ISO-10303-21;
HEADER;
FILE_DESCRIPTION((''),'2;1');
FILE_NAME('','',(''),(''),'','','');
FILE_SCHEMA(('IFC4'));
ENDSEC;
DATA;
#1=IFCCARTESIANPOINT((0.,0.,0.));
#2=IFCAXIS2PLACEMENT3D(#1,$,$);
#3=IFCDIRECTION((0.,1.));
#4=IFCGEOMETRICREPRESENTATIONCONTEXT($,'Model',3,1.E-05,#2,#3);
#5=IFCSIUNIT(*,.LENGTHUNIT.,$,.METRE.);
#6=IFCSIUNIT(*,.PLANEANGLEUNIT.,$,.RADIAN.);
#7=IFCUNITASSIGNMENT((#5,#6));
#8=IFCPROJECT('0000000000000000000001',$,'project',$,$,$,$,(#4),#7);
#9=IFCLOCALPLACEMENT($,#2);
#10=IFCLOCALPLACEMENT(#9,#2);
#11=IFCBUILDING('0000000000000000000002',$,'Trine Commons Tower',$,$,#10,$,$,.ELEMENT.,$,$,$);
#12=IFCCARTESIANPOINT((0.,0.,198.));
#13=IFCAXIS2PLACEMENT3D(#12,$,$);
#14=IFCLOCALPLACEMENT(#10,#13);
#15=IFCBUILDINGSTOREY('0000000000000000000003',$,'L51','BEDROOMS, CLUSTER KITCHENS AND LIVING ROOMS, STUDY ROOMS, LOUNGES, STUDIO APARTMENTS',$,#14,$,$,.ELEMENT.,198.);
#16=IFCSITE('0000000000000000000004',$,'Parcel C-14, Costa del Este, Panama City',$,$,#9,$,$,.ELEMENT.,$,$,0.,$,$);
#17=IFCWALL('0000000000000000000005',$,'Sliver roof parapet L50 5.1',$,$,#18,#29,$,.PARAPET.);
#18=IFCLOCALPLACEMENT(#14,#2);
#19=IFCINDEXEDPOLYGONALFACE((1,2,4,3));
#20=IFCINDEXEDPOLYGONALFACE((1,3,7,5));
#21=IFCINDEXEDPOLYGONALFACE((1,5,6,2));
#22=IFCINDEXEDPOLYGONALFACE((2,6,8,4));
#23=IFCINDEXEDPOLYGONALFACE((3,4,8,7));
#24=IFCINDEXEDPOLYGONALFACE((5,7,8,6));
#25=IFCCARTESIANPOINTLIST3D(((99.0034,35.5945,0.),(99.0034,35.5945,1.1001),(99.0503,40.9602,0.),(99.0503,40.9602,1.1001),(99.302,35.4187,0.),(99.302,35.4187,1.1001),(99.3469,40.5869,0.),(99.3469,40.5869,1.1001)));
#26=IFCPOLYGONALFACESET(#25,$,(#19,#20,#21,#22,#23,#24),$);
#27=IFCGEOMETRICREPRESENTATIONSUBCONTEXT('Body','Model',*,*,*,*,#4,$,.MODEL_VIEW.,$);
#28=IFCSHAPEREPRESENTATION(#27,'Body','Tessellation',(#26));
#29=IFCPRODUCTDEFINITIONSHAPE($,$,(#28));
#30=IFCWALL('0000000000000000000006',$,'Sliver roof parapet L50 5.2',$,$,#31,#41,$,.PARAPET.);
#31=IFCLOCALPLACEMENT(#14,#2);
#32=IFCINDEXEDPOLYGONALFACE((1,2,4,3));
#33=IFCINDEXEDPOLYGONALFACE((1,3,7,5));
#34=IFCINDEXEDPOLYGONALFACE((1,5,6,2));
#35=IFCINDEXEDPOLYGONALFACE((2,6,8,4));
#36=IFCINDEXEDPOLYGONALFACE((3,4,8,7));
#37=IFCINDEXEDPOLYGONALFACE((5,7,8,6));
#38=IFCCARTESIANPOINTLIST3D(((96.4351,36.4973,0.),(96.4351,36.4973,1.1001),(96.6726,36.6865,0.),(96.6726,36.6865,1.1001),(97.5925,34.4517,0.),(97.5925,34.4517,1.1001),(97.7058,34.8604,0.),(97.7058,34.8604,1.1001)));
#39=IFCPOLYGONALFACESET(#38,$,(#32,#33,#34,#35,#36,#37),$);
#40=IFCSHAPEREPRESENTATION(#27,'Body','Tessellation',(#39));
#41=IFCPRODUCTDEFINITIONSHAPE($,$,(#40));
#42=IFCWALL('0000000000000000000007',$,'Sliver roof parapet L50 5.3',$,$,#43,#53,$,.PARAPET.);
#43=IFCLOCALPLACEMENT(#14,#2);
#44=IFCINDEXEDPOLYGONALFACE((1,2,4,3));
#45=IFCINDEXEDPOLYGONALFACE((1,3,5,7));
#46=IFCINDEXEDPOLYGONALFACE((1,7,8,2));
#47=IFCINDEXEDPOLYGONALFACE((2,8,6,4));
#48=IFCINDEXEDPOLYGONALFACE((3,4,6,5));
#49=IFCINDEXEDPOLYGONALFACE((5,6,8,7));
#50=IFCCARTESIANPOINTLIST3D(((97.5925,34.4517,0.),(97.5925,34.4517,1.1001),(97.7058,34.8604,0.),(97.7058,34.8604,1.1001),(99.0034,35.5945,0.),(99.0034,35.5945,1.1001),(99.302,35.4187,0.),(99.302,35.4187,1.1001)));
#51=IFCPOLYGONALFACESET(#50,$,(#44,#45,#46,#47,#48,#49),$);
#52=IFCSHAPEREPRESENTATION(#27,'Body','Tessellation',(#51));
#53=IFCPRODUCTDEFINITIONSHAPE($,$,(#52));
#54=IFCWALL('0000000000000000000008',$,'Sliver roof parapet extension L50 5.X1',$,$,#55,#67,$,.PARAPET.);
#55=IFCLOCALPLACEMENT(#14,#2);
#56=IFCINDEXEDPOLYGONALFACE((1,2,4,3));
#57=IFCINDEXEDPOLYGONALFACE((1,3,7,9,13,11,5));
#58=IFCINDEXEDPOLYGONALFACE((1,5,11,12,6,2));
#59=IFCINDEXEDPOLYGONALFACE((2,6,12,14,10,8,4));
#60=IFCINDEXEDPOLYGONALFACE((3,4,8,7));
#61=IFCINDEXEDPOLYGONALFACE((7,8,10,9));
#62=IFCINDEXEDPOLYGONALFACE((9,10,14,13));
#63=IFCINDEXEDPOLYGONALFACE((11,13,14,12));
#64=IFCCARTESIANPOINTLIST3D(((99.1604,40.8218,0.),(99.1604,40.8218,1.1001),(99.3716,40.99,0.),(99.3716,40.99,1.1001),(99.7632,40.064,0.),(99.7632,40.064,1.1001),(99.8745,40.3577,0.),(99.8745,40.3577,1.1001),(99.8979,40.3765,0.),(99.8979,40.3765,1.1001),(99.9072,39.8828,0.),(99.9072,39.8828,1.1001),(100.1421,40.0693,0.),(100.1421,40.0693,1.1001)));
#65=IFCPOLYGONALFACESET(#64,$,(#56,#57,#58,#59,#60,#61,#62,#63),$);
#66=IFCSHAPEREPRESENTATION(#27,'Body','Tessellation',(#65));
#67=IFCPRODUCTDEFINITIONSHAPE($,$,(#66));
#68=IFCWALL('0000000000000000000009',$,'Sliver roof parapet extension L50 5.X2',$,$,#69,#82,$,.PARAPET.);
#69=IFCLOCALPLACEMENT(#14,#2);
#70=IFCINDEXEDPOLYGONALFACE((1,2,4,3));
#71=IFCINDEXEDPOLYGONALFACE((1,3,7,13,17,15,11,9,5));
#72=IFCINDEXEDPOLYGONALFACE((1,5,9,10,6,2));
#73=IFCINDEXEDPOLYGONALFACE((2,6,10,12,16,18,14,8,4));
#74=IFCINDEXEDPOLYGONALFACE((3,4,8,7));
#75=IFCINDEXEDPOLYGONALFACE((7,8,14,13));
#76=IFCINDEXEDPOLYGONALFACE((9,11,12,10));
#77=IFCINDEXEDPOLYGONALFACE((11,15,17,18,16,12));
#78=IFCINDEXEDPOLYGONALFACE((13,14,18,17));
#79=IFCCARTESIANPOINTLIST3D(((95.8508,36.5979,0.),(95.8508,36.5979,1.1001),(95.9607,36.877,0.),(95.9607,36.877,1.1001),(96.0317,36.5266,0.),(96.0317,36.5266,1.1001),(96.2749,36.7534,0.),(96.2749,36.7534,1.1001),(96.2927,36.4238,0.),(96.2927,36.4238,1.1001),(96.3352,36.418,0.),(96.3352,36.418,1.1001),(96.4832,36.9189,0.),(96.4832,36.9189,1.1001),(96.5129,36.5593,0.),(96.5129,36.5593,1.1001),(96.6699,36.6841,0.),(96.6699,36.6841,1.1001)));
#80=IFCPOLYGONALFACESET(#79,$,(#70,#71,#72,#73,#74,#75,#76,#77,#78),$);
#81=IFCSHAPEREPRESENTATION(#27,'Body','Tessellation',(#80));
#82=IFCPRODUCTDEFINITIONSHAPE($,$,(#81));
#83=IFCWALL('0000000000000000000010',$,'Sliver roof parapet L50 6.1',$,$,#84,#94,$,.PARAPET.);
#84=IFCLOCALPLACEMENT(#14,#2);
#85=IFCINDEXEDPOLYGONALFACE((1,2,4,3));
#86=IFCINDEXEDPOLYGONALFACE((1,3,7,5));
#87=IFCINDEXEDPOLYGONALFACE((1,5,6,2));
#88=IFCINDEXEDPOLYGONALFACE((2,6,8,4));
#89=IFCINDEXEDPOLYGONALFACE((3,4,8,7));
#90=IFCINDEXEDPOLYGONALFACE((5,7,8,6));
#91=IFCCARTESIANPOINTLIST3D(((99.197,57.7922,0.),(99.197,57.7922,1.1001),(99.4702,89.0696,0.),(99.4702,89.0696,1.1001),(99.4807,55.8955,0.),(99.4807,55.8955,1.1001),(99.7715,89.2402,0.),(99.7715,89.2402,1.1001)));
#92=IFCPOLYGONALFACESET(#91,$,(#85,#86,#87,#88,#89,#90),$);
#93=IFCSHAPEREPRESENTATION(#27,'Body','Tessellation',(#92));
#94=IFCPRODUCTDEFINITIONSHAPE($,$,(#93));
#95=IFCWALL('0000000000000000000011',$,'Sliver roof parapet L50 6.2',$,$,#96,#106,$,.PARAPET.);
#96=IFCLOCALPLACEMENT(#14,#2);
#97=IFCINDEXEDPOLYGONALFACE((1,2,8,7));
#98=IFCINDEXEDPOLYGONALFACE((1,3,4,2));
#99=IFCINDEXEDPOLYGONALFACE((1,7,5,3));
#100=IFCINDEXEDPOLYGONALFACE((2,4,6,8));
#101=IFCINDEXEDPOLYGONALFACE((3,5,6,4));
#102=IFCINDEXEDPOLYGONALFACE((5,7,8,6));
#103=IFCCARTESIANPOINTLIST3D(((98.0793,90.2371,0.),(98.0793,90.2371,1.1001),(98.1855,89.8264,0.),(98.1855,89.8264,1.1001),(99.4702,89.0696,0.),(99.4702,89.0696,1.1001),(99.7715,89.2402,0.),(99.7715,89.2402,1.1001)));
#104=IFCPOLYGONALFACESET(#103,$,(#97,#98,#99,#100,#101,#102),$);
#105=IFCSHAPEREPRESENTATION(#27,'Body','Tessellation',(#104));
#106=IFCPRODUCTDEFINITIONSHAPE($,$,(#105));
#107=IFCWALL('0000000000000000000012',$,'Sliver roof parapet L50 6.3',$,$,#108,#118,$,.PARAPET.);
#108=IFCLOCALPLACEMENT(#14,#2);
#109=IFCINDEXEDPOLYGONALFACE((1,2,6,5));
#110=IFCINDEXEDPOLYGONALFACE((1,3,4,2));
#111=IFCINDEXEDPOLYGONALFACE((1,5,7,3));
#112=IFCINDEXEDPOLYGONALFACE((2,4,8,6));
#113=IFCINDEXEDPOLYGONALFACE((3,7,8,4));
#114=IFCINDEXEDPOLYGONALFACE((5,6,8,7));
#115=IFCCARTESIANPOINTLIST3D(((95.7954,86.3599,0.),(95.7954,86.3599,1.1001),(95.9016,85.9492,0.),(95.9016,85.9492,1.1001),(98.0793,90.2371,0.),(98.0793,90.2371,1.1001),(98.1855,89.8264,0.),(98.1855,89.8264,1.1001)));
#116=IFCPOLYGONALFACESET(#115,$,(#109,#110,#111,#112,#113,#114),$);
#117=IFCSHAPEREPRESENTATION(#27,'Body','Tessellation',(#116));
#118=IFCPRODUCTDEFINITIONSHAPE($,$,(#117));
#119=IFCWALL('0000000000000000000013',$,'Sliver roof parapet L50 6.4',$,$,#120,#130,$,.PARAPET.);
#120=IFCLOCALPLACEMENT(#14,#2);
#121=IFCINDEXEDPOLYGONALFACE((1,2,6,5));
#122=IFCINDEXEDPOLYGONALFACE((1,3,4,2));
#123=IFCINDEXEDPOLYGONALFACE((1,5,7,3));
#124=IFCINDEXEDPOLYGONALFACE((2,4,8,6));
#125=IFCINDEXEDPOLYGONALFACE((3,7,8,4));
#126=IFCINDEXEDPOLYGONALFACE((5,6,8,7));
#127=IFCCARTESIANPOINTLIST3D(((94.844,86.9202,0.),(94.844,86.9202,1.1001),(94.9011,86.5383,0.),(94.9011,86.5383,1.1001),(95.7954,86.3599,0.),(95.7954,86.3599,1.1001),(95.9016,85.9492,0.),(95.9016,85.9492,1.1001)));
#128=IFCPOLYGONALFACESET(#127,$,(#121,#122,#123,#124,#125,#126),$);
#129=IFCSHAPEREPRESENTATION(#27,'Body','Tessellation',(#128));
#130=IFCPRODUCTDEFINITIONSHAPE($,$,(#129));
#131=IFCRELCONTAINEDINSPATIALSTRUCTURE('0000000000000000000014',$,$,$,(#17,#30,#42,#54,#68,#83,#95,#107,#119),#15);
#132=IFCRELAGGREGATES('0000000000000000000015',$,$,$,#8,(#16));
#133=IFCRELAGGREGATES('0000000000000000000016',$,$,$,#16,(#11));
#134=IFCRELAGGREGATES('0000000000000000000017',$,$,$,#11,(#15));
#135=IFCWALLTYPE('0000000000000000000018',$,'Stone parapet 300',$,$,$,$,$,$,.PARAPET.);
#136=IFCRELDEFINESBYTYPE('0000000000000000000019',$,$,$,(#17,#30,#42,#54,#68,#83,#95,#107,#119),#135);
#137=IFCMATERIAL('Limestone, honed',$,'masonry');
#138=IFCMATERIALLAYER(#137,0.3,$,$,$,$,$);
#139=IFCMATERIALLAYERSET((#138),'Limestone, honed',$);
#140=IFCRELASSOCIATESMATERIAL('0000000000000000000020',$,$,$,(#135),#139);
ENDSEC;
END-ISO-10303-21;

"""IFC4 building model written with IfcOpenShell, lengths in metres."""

from ifc_helpers import new_model, si_unit, direction, frame, origin, place, context, subcontext, project, spatial, polyline, outline, extrude, material, layer, layer_set, type_object, element, save


model = new_model("IFC4")

# Units and contexts
model_context = context("Model", 3, precision=1e-05, world=origin(), true_north=direction((0.0, 1.0)))
body_context = subcontext(model_context, "Body", "Model", "MODEL_VIEW")
ifc_project = project(units=[si_unit("LENGTHUNIT", "METRE"), si_unit("PLANEANGLEUNIT", "RADIAN")], contexts=[model_context])

# Site, building, storey
site_placement = place(None, origin())
site = spatial("IfcSite", under=ifc_project, at=site_placement, Name="Parcel C-14, Costa del Este, Panama City", CompositionType="ELEMENT", RefElevation=0.0)
building_placement = place(site_placement, origin())
building = spatial("IfcBuilding", under=site, at=building_placement, Name="Trine Commons Tower", CompositionType="ELEMENT")
storey_placement = place(building_placement, frame((0.0, 0.0, 198.0)))
storey = spatial("IfcBuildingStorey", under=building, at=storey_placement, Name="L51", Description="BEDROOMS, CLUSTER KITCHENS AND LIVING ROOMS, STUDY ROOMS, LOUNGES, STUDIO APARTMENTS", CompositionType="ELEMENT", Elevation=198.0)

# Walls
ifc_material = material(Name="Limestone, honed", Category="masonry")
ifc_layer = layer(ifc_material, 0.3)
ifc_layer_set = layer_set([ifc_layer], Name="Limestone, honed")
wall_type = type_object("IfcWallType", Name="Stone parapet 300", PredefinedType="PARAPET", material=ifc_layer_set)
wall_1_placement = place(storey_placement, origin())
element("IfcWall", 1, at=wall_1_placement, inside=storey, type_object=wall_type, Name="Sliver roof parapet L50 5.1", PredefinedType="PARAPET", context=body_context, shape_type="SweptSolid", body=[
    extrude(outline(polyline([(99.302, 35.4187), (99.3469, 40.5869), (99.0503, 40.9602), (99.0034, 35.5945), (99.302, 35.4187)])), origin(), (0.0, 0.0, 1.0), 1.1001),
])
wall_2_placement = place(storey_placement, origin())
element("IfcWall", 2, at=wall_2_placement, inside=storey, type_object=wall_type, Name="Sliver roof parapet L50 5.2", PredefinedType="PARAPET", context=body_context, shape_type="SweptSolid", body=[
    extrude(outline(polyline([(96.4351, 36.4973), (97.5925, 34.4517), (97.7058, 34.8604), (96.6726, 36.6865), (96.4351, 36.4973)])), origin(), (0.0, 0.0, 1.0), 1.1001),
])
wall_3_placement = place(storey_placement, origin())
element("IfcWall", 3, at=wall_3_placement, inside=storey, type_object=wall_type, Name="Sliver roof parapet L50 5.3", PredefinedType="PARAPET", context=body_context, shape_type="SweptSolid", body=[
    extrude(outline(polyline([(97.5925, 34.4517), (99.302, 35.4187), (99.0034, 35.5945), (97.7058, 34.8604), (97.5925, 34.4517)])), origin(), (0.0, 0.0, 1.0), 1.1001),
])
wall_4_placement = place(storey_placement, origin())
element("IfcWall", 4, at=wall_4_placement, inside=storey, type_object=wall_type, Name="Sliver roof parapet extension L50 5.X1", PredefinedType="PARAPET", context=body_context, shape_type="SweptSolid", body=[
    extrude(outline(polyline([(99.8979, 40.3765), (99.8745, 40.3577), (99.3716, 40.99), (99.1604, 40.8218), (99.7632, 40.064), (99.9072, 39.8828), (100.1421, 40.0693), (99.8979, 40.3765)])), origin(), (0.0, 0.0, 1.0), 1.1001),
])
wall_5_placement = place(storey_placement, origin())
element("IfcWall", 5, at=wall_5_placement, inside=storey, type_object=wall_type, Name="Sliver roof parapet extension L50 5.X2", PredefinedType="PARAPET", context=body_context, shape_type="SweptSolid", body=[
    extrude(outline(polyline([(96.4832, 36.9189), (96.2749, 36.7534), (95.9607, 36.877), (95.8508, 36.5979), (96.0317, 36.5266), (96.2927, 36.4238), (96.3352, 36.418), (96.5129, 36.5593), (96.6699, 36.6841), (96.4832, 36.9189)])), origin(), (0.0, 0.0, 1.0), 1.1001),
])
wall_6_placement = place(storey_placement, origin())
element("IfcWall", 6, at=wall_6_placement, inside=storey, type_object=wall_type, Name="Sliver roof parapet L50 6.1", PredefinedType="PARAPET", context=body_context, shape_type="SweptSolid", body=[
    extrude(outline(polyline([(99.4807, 55.8955), (99.7715, 89.2402), (99.4702, 89.0696), (99.197, 57.7922), (99.4807, 55.8955)])), origin(), (0.0, 0.0, 1.0), 1.1001),
])
wall_7_placement = place(storey_placement, origin())
element("IfcWall", 7, at=wall_7_placement, inside=storey, type_object=wall_type, Name="Sliver roof parapet L50 6.2", PredefinedType="PARAPET", context=body_context, shape_type="SweptSolid", body=[
    extrude(outline(polyline([(99.7715, 89.2402), (98.0793, 90.2371), (98.1855, 89.8264), (99.4702, 89.0696), (99.7715, 89.2402)])), origin(), (0.0, 0.0, 1.0), 1.1001),
])
wall_8_placement = place(storey_placement, origin())
element("IfcWall", 8, at=wall_8_placement, inside=storey, type_object=wall_type, Name="Sliver roof parapet L50 6.3", PredefinedType="PARAPET", context=body_context, shape_type="SweptSolid", body=[
    extrude(outline(polyline([(98.0793, 90.2371), (95.7954, 86.3599), (95.9016, 85.9492), (98.1855, 89.8264), (98.0793, 90.2371)])), origin(), (0.0, 0.0, 1.0), 1.1001),
])
wall_9_placement = place(storey_placement, origin())
element("IfcWall", 9, at=wall_9_placement, inside=storey, type_object=wall_type, Name="Sliver roof parapet L50 6.4", PredefinedType="PARAPET", context=body_context, shape_type="SweptSolid", body=[
    extrude(outline(polyline([(95.7954, 86.3599), (94.844, 86.9202), (94.9011, 86.5383), (95.9016, 85.9492), (95.7954, 86.3599)])), origin(), (0.0, 0.0, 1.0), 1.1001),
])

save(model, "model.ifc")
